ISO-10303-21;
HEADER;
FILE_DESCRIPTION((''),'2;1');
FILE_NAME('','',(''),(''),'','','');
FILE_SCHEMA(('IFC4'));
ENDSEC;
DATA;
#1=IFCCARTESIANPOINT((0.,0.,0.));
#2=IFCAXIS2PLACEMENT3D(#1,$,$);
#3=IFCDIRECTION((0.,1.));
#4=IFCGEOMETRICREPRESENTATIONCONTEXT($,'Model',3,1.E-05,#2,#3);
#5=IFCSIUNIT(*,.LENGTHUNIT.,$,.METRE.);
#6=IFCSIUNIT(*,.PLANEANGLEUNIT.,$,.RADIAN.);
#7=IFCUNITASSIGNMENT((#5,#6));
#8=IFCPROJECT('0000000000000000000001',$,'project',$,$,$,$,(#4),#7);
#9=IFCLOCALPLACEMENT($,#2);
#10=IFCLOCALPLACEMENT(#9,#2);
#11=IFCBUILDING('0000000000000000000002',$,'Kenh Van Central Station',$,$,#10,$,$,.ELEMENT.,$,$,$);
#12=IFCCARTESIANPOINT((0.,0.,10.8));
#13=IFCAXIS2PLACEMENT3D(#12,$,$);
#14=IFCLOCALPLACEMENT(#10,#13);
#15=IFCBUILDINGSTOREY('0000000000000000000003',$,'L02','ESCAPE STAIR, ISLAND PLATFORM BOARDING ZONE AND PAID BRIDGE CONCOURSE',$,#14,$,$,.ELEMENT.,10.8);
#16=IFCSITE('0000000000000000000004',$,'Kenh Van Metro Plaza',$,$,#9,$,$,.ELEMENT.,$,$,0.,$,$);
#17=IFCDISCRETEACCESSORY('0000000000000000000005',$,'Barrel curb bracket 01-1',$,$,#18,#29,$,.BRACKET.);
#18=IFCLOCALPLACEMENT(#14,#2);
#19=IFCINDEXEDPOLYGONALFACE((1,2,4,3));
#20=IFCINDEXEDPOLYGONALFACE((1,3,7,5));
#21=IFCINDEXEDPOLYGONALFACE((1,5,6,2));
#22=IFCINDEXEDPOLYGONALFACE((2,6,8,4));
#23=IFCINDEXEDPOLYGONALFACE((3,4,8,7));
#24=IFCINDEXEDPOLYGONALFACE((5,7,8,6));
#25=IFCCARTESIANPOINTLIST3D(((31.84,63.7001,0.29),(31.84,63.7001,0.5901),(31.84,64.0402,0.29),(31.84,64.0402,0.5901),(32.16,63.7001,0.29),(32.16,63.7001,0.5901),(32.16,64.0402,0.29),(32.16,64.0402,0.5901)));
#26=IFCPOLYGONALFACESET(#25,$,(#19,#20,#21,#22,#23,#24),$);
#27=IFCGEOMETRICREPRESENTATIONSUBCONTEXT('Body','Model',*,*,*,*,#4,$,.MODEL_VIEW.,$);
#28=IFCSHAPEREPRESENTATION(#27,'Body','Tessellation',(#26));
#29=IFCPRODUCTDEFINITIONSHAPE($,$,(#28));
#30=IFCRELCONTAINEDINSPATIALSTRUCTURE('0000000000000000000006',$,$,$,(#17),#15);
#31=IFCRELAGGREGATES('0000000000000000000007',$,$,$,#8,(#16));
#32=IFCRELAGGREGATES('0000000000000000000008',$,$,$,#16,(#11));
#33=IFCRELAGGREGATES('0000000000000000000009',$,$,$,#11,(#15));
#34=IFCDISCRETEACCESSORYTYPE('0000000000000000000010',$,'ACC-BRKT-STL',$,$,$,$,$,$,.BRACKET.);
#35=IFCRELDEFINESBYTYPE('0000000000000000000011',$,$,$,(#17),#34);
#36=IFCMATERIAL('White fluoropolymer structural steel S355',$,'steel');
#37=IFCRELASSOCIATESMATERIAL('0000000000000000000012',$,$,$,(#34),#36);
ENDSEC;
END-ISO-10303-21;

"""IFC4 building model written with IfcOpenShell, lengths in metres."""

from ifc_helpers import new_model, si_unit, direction, frame, origin, origin_2d, place, context, subcontext, project, spatial, rectangle, extrude, material, type_object, element, save


model = new_model("IFC4")

# Units and contexts
model_context = context("Model", 3, precision=1e-05, world=origin(), true_north=direction((0.0, 1.0)))
body_context = subcontext(model_context, "Body", "Model", "MODEL_VIEW")
ifc_project = project(units=[si_unit("LENGTHUNIT", "METRE"), si_unit("PLANEANGLEUNIT", "RADIAN")], contexts=[model_context])

# Site, building, storey
site_placement = place(None, origin())
site = spatial("IfcSite", under=ifc_project, at=site_placement, Name="Kenh Van Metro Plaza", CompositionType="ELEMENT", RefElevation=0.0)
building_placement = place(site_placement, origin())
building = spatial("IfcBuilding", under=site, at=building_placement, Name="Kenh Van Central Station", CompositionType="ELEMENT")
storey_placement = place(building_placement, frame((0.0, 0.0, 10.8)))
storey = spatial("IfcBuildingStorey", under=building, at=storey_placement, Name="L02", Description="ESCAPE STAIR, ISLAND PLATFORM BOARDING ZONE AND PAID BRIDGE CONCOURSE", CompositionType="ELEMENT", Elevation=10.8)

# Shared definitions
ifc_material_1 = material(Name="White fluoropolymer structural steel S355", Category="steel")

# Discrete accessory
discrete_accessory_type = type_object("IfcDiscreteAccessoryType", Name="ACC-BRKT-STL", PredefinedType="BRACKET", material=ifc_material_1)
discrete_accessory_placement = place(storey_placement, frame((32.0, 63.8701, 0.29), z_axis=(0.0, 0.0, 1.0), x_axis=(1.0, 0.0, 0.0)))
element("IfcDiscreteAccessory", 1, at=discrete_accessory_placement, inside=storey, type_object=discrete_accessory_type, Name="Barrel curb bracket 01-1", PredefinedType="BRACKET", context=body_context, shape_type="SweptSolid", body=[
    extrude(rectangle(XDim=0.3201, YDim=0.3401, at=origin_2d()), origin(), (0.0, 0.0, 1.0), 0.3),
])

save(model, "model.ifc")
